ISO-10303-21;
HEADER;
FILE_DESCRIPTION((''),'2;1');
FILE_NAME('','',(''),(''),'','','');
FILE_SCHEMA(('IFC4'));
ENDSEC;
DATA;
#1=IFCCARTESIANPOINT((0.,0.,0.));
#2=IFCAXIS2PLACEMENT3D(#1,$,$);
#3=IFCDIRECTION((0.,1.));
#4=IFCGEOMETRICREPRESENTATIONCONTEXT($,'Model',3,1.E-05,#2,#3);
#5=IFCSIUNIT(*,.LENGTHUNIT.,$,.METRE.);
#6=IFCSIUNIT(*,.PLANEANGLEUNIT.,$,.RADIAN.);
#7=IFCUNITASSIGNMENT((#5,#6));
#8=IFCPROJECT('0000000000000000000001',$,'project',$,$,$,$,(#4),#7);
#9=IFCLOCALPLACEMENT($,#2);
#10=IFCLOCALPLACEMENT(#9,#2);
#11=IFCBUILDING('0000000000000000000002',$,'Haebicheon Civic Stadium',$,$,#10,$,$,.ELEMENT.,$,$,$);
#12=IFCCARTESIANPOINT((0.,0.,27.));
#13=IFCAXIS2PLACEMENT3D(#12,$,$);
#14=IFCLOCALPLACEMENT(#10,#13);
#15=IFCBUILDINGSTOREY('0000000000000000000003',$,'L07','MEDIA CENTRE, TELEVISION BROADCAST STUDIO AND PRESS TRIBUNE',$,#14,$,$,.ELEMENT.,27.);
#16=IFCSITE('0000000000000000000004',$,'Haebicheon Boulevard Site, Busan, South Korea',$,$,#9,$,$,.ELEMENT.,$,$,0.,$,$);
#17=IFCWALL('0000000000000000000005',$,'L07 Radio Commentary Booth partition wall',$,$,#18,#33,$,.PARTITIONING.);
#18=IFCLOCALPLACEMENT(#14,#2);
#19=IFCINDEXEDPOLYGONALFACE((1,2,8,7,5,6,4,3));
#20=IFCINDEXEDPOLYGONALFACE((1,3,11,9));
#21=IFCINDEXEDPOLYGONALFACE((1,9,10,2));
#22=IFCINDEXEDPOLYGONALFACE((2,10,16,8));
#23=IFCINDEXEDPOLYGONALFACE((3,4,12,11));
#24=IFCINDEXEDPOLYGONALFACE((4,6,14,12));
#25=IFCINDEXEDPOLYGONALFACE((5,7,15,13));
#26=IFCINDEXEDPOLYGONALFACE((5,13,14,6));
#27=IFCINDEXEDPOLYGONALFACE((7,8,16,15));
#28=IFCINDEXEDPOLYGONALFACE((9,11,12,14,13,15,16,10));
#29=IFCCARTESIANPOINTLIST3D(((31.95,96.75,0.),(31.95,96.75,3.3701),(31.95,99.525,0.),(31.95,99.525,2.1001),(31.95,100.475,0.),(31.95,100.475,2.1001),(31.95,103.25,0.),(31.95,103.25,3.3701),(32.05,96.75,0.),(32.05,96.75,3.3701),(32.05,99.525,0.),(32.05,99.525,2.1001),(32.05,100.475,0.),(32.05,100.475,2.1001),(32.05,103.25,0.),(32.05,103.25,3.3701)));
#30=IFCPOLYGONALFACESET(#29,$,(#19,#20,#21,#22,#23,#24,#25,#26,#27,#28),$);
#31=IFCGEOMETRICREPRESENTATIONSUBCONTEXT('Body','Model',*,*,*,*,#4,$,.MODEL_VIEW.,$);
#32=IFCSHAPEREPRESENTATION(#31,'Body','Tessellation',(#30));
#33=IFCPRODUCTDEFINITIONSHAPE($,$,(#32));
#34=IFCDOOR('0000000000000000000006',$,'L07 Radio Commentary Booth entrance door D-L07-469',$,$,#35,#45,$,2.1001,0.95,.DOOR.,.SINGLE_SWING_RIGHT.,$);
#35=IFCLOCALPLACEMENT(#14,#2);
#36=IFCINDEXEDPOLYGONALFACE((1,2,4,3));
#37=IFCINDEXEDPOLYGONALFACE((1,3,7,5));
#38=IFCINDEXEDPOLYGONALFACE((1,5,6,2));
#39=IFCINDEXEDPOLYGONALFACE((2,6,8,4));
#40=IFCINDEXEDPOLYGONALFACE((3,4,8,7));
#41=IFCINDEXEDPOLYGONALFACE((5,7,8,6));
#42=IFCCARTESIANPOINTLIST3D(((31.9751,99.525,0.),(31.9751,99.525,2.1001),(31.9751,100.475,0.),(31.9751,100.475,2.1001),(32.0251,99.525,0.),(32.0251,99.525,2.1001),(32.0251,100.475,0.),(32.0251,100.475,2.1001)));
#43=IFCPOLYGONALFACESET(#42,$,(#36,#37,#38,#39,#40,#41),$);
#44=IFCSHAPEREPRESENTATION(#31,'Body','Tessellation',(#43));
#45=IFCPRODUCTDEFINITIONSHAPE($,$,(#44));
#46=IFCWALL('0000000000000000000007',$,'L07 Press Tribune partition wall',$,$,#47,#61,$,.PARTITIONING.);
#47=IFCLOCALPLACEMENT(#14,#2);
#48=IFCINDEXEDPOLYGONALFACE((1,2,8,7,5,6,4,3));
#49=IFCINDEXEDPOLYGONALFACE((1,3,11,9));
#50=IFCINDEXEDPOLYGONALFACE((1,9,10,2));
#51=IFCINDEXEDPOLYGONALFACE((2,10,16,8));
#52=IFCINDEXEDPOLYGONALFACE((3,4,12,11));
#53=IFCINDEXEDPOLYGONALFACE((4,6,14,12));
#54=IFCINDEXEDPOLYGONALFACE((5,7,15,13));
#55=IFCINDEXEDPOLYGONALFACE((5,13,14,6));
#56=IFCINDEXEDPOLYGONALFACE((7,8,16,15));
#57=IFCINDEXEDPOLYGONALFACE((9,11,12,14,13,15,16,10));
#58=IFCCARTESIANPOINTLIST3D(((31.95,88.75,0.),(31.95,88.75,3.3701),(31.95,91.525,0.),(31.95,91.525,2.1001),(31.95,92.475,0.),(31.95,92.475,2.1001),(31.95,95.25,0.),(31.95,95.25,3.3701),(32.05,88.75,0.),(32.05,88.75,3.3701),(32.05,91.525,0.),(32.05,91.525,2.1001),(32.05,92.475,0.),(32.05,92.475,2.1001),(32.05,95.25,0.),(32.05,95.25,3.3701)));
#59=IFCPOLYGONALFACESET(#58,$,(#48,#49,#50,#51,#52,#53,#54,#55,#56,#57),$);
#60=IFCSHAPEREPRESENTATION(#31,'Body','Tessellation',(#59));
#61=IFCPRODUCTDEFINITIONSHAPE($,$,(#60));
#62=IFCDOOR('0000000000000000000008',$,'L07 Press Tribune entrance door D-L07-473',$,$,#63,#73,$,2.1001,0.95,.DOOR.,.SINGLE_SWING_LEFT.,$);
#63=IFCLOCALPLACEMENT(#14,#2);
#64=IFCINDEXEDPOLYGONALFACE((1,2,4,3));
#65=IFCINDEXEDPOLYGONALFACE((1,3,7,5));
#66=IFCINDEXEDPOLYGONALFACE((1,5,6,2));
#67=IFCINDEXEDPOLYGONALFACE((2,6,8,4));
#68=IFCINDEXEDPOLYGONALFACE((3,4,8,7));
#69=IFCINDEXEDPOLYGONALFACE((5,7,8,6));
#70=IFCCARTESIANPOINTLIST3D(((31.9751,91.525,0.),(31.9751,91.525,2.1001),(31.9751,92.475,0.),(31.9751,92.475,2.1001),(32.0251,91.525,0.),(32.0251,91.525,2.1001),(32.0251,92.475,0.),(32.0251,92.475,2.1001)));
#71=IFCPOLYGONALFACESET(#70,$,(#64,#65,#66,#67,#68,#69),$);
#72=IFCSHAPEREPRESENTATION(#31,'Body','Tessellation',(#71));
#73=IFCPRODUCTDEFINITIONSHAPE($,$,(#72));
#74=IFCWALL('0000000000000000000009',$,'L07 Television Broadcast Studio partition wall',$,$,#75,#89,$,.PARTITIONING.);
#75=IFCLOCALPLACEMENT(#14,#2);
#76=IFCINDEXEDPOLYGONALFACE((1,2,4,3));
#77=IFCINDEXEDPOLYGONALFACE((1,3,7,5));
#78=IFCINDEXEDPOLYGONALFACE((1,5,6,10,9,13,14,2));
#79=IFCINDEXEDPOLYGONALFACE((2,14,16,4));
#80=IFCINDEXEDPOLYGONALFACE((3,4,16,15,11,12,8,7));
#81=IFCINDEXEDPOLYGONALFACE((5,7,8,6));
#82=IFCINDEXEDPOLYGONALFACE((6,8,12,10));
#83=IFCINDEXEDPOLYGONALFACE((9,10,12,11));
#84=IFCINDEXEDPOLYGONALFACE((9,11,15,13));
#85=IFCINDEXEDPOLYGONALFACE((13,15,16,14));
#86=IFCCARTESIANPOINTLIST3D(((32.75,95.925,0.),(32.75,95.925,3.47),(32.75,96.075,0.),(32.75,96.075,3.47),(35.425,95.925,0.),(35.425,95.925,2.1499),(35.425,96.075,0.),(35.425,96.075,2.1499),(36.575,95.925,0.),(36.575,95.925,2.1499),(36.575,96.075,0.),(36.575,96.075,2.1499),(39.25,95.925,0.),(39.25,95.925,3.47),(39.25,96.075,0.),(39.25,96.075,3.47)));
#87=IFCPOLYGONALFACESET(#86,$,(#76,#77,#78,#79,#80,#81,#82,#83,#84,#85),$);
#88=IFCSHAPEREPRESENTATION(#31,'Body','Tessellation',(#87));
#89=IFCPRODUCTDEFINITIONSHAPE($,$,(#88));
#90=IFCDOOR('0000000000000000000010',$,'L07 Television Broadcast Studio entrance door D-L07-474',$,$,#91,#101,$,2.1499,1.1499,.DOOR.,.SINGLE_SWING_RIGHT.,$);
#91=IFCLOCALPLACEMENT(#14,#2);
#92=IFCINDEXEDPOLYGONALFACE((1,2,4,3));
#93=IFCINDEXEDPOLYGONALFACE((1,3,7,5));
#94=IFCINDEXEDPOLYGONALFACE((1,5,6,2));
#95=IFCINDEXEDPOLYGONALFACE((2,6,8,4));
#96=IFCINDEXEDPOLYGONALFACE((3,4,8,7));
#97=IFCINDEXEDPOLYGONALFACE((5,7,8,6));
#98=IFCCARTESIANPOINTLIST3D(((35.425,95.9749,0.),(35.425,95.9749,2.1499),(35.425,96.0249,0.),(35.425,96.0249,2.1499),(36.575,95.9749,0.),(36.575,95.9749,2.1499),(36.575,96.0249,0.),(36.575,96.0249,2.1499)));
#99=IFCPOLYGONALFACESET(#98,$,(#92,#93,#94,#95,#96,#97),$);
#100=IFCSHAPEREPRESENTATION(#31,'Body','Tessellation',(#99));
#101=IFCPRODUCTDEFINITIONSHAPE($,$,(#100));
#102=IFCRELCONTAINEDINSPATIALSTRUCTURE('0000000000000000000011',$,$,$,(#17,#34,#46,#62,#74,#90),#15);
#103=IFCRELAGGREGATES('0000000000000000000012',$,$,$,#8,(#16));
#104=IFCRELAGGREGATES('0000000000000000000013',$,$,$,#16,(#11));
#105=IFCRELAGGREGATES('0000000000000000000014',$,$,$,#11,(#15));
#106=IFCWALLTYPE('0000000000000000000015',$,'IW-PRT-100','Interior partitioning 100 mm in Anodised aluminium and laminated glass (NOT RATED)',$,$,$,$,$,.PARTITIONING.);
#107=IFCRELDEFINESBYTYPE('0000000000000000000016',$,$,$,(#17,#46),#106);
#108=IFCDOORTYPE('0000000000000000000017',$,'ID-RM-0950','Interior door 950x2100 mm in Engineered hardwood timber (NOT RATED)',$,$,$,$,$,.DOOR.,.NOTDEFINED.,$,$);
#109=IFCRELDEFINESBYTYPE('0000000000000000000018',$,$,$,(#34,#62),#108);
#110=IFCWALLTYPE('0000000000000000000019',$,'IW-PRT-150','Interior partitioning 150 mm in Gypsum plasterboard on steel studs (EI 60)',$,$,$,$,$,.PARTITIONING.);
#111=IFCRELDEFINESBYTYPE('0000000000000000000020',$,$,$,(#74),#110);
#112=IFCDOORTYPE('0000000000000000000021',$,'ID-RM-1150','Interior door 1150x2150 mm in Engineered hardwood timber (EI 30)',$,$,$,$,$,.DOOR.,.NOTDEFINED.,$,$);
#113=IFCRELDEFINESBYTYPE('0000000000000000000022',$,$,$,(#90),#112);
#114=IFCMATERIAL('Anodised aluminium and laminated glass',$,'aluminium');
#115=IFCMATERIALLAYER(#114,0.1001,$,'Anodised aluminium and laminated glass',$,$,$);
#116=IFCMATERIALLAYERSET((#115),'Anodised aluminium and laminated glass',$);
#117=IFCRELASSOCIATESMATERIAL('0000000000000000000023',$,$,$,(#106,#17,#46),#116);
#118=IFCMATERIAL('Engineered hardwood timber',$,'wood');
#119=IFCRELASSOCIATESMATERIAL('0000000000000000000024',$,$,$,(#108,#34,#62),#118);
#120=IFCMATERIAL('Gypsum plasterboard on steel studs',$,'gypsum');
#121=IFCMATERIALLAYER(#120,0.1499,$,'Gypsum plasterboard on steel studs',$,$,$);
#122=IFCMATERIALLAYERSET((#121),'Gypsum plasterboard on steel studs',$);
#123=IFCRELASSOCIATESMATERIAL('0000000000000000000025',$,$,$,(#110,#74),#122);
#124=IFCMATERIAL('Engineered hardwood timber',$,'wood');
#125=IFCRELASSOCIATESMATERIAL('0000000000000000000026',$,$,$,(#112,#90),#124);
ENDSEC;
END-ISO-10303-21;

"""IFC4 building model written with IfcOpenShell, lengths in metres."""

from ifc_helpers import new_model, si_unit, direction, frame, frame_2d, origin, place, context, subcontext, project, spatial, rectangle, extrude, material, layer, layer_set, type_object, element, fill, save


model = new_model("IFC4")

# Units and contexts
model_context = context("Model", 3, precision=1e-05, world=origin(), true_north=direction((0.0, 1.0)))
body_context = subcontext(model_context, "Body", "Model", "MODEL_VIEW")
ifc_project = project(units=[si_unit("LENGTHUNIT", "METRE"), si_unit("PLANEANGLEUNIT", "RADIAN")], contexts=[model_context])

# Site, building, storey
site_placement = place(None, origin())
site = spatial("IfcSite", under=ifc_project, at=site_placement, Name="Haebicheon Boulevard Site, Busan, South Korea", CompositionType="ELEMENT", RefElevation=0.0)
building_placement = place(site_placement, origin())
building = spatial("IfcBuilding", under=site, at=building_placement, Name="Haebicheon Civic Stadium", CompositionType="ELEMENT")
storey_placement = place(building_placement, frame((0.0, 0.0, 27.0)))
storey = spatial("IfcBuildingStorey", under=building, at=storey_placement, Name="L07", Description="MEDIA CENTRE, TELEVISION BROADCAST STUDIO AND PRESS TRIBUNE", CompositionType="ELEMENT", Elevation=27.0)

# Walls, openings, doors
ifc_material_1 = material(Name="Anodised aluminium and laminated glass", Category="aluminium")
ifc_layer_1 = layer(ifc_material_1, 0.1001, Name="Anodised aluminium and laminated glass")
ifc_layer_set_1 = layer_set([ifc_layer_1], Name="Anodised aluminium and laminated glass")
wall_type_1 = type_object("IfcWallType", Name="IW-PRT-100", Description="Interior partitioning 100 mm in Anodised aluminium and laminated glass (NOT RATED)", PredefinedType="PARTITIONING", material=ifc_layer_set_1)
wall_1_placement = place(storey_placement, frame((32.0, 96.75, 0.0), z_axis=(0.0, 0.0, 1.0), x_axis=(0.0, 1.0, 0.0)))
wall_1 = element("IfcWall", 1, at=wall_1_placement, inside=storey, type_object=wall_type_1, material=ifc_layer_set_1, Name="L07 Radio Commentary Booth partition wall", PredefinedType="PARTITIONING", context=body_context, shape_type="SweptSolid", body=[
    extrude(rectangle(XDim=6.5, YDim=0.1001, at=frame_2d((3.25, 0.0))), origin(), (0.0, 0.0, 1.0), 3.3701),
])
opening_1_placement = place(wall_1_placement, frame((2.7749, 0.0, 0.0)))
opening_1 = element("IfcOpeningElement", 2, at=opening_1_placement, cuts=wall_1, PredefinedType="OPENING", context=body_context, shape_type="SweptSolid", body=[
    extrude(rectangle(XDim=0.95, YDim=2.1001, at=frame_2d((0.4751, 1.05))), frame((0.0, 0.0601, 0.0), z_axis=(0.0, -1.0, 0.0), x_axis=(1.0, 0.0, 0.0)), (0.0, 0.0, 1.0), 0.1201),
])
ifc_material_2 = material(Name="Engineered hardwood timber", Category="wood")
door_type_1 = type_object("IfcDoorType", Name="ID-RM-0950", Description="Interior door 950x2100 mm in Engineered hardwood timber (NOT RATED)", OperationType="NOTDEFINED", PredefinedType="DOOR", material=ifc_material_2)
door_1_placement = place(opening_1_placement, origin())
door_1 = element("IfcDoor", 3, at=door_1_placement, inside=storey, type_object=door_type_1, material=ifc_material_2, Name="L07 Radio Commentary Booth entrance door D-L07-469", OperationType="SINGLE_SWING_RIGHT", OverallHeight=2.1001, OverallWidth=0.95, PredefinedType="DOOR", context=body_context, shape_type="SweptSolid", body=[
    extrude(rectangle(XDim=0.95, YDim=2.1001, at=frame_2d((0.4751, 1.05))), frame((0.0, 0.0249, 0.0), z_axis=(0.0, -1.0, 0.0), x_axis=(1.0, 0.0, 0.0)), (0.0, 0.0, 1.0), 0.05),
])
fill(opening_1, door_1)
wall_2_placement = place(storey_placement, frame((32.0, 88.75, 0.0), z_axis=(0.0, 0.0, 1.0), x_axis=(0.0, 1.0, 0.0)))
wall_2 = element("IfcWall", 4, at=wall_2_placement, inside=storey, type_object=wall_type_1, material=ifc_layer_set_1, Name="L07 Press Tribune partition wall", PredefinedType="PARTITIONING", context=body_context, shape_type="SweptSolid", body=[
    extrude(rectangle(XDim=6.5, YDim=0.1001, at=frame_2d((3.25, 0.0))), origin(), (0.0, 0.0, 1.0), 3.3701),
])
opening_2_placement = place(wall_2_placement, frame((2.7749, 0.0, 0.0)))
opening_2 = element("IfcOpeningElement", 5, at=opening_2_placement, cuts=wall_2, PredefinedType="OPENING", context=body_context, shape_type="SweptSolid", body=[
    extrude(rectangle(XDim=0.95, YDim=2.1001, at=frame_2d((0.4751, 1.05))), frame((0.0, 0.0601, 0.0), z_axis=(0.0, -1.0, 0.0), x_axis=(1.0, 0.0, 0.0)), (0.0, 0.0, 1.0), 0.1201),
])
door_2_placement = place(opening_2_placement, origin())
door_2 = element("IfcDoor", 6, at=door_2_placement, inside=storey, type_object=door_type_1, material=ifc_material_2, Name="L07 Press Tribune entrance door D-L07-473", OperationType="SINGLE_SWING_LEFT", OverallHeight=2.1001, OverallWidth=0.95, PredefinedType="DOOR", context=body_context, shape_type="SweptSolid", body=[
    extrude(rectangle(XDim=0.95, YDim=2.1001, at=frame_2d((0.4751, 1.05))), frame((0.0, 0.0249, 0.0), z_axis=(0.0, -1.0, 0.0), x_axis=(1.0, 0.0, 0.0)), (0.0, 0.0, 1.0), 0.05),
])
fill(opening_2, door_2)
ifc_material_3 = material(Name="Gypsum plasterboard on steel studs", Category="gypsum")
ifc_layer_2 = layer(ifc_material_3, 0.1499, Name="Gypsum plasterboard on steel studs")
ifc_layer_set_2 = layer_set([ifc_layer_2], Name="Gypsum plasterboard on steel studs")
wall_type_2 = type_object("IfcWallType", Name="IW-PRT-150", Description="Interior partitioning 150 mm in Gypsum plasterboard on steel studs (EI 60)", PredefinedType="PARTITIONING", material=ifc_layer_set_2)
wall_3_placement = place(storey_placement, frame((32.75, 96.0, 0.0), z_axis=(0.0, 0.0, 1.0), x_axis=(1.0, 0.0, 0.0)))
wall_3 = element("IfcWall", 7, at=wall_3_placement, inside=storey, type_object=wall_type_2, material=ifc_layer_set_2, Name="L07 Television Broadcast Studio partition wall", PredefinedType="PARTITIONING", context=body_context, shape_type="SweptSolid", body=[
    extrude(rectangle(XDim=6.5, YDim=0.1499, at=frame_2d((3.25, 0.0))), origin(), (0.0, 0.0, 1.0), 3.47),
])
opening_3_placement = place(wall_3_placement, frame((2.675, 0.0, 0.0)))
opening_3 = element("IfcOpeningElement", 8, at=opening_3_placement, cuts=wall_3, PredefinedType="OPENING", context=body_context, shape_type="SweptSolid", body=[
    extrude(rectangle(XDim=1.1499, YDim=2.1499, at=frame_2d((0.575, 1.075))), frame((0.0, 0.085, 0.0), z_axis=(0.0, -1.0, 0.0), x_axis=(1.0, 0.0, 0.0)), (0.0, 0.0, 1.0), 0.1699),
])
ifc_material_4 = material(Name="Engineered hardwood timber", Category="wood")
door_type_2 = type_object("IfcDoorType", Name="ID-RM-1150", Description="Interior door 1150x2150 mm in Engineered hardwood timber (EI 30)", OperationType="NOTDEFINED", PredefinedType="DOOR", material=ifc_material_4)
door_3_placement = place(opening_3_placement, origin())
door_3 = element("IfcDoor", 9, at=door_3_placement, inside=storey, type_object=door_type_2, material=ifc_material_4, Name="L07 Television Broadcast Studio entrance door D-L07-474", OperationType="SINGLE_SWING_RIGHT", OverallHeight=2.1499, OverallWidth=1.1499, PredefinedType="DOOR", context=body_context, shape_type="SweptSolid", body=[
    extrude(rectangle(XDim=1.1499, YDim=2.1499, at=frame_2d((0.575, 1.075))), frame((0.0, 0.0249, 0.0), z_axis=(0.0, -1.0, 0.0), x_axis=(1.0, 0.0, 0.0)), (0.0, 0.0, 1.0), 0.05),
])
fill(opening_3, door_3)

save(model, "model.ifc")
